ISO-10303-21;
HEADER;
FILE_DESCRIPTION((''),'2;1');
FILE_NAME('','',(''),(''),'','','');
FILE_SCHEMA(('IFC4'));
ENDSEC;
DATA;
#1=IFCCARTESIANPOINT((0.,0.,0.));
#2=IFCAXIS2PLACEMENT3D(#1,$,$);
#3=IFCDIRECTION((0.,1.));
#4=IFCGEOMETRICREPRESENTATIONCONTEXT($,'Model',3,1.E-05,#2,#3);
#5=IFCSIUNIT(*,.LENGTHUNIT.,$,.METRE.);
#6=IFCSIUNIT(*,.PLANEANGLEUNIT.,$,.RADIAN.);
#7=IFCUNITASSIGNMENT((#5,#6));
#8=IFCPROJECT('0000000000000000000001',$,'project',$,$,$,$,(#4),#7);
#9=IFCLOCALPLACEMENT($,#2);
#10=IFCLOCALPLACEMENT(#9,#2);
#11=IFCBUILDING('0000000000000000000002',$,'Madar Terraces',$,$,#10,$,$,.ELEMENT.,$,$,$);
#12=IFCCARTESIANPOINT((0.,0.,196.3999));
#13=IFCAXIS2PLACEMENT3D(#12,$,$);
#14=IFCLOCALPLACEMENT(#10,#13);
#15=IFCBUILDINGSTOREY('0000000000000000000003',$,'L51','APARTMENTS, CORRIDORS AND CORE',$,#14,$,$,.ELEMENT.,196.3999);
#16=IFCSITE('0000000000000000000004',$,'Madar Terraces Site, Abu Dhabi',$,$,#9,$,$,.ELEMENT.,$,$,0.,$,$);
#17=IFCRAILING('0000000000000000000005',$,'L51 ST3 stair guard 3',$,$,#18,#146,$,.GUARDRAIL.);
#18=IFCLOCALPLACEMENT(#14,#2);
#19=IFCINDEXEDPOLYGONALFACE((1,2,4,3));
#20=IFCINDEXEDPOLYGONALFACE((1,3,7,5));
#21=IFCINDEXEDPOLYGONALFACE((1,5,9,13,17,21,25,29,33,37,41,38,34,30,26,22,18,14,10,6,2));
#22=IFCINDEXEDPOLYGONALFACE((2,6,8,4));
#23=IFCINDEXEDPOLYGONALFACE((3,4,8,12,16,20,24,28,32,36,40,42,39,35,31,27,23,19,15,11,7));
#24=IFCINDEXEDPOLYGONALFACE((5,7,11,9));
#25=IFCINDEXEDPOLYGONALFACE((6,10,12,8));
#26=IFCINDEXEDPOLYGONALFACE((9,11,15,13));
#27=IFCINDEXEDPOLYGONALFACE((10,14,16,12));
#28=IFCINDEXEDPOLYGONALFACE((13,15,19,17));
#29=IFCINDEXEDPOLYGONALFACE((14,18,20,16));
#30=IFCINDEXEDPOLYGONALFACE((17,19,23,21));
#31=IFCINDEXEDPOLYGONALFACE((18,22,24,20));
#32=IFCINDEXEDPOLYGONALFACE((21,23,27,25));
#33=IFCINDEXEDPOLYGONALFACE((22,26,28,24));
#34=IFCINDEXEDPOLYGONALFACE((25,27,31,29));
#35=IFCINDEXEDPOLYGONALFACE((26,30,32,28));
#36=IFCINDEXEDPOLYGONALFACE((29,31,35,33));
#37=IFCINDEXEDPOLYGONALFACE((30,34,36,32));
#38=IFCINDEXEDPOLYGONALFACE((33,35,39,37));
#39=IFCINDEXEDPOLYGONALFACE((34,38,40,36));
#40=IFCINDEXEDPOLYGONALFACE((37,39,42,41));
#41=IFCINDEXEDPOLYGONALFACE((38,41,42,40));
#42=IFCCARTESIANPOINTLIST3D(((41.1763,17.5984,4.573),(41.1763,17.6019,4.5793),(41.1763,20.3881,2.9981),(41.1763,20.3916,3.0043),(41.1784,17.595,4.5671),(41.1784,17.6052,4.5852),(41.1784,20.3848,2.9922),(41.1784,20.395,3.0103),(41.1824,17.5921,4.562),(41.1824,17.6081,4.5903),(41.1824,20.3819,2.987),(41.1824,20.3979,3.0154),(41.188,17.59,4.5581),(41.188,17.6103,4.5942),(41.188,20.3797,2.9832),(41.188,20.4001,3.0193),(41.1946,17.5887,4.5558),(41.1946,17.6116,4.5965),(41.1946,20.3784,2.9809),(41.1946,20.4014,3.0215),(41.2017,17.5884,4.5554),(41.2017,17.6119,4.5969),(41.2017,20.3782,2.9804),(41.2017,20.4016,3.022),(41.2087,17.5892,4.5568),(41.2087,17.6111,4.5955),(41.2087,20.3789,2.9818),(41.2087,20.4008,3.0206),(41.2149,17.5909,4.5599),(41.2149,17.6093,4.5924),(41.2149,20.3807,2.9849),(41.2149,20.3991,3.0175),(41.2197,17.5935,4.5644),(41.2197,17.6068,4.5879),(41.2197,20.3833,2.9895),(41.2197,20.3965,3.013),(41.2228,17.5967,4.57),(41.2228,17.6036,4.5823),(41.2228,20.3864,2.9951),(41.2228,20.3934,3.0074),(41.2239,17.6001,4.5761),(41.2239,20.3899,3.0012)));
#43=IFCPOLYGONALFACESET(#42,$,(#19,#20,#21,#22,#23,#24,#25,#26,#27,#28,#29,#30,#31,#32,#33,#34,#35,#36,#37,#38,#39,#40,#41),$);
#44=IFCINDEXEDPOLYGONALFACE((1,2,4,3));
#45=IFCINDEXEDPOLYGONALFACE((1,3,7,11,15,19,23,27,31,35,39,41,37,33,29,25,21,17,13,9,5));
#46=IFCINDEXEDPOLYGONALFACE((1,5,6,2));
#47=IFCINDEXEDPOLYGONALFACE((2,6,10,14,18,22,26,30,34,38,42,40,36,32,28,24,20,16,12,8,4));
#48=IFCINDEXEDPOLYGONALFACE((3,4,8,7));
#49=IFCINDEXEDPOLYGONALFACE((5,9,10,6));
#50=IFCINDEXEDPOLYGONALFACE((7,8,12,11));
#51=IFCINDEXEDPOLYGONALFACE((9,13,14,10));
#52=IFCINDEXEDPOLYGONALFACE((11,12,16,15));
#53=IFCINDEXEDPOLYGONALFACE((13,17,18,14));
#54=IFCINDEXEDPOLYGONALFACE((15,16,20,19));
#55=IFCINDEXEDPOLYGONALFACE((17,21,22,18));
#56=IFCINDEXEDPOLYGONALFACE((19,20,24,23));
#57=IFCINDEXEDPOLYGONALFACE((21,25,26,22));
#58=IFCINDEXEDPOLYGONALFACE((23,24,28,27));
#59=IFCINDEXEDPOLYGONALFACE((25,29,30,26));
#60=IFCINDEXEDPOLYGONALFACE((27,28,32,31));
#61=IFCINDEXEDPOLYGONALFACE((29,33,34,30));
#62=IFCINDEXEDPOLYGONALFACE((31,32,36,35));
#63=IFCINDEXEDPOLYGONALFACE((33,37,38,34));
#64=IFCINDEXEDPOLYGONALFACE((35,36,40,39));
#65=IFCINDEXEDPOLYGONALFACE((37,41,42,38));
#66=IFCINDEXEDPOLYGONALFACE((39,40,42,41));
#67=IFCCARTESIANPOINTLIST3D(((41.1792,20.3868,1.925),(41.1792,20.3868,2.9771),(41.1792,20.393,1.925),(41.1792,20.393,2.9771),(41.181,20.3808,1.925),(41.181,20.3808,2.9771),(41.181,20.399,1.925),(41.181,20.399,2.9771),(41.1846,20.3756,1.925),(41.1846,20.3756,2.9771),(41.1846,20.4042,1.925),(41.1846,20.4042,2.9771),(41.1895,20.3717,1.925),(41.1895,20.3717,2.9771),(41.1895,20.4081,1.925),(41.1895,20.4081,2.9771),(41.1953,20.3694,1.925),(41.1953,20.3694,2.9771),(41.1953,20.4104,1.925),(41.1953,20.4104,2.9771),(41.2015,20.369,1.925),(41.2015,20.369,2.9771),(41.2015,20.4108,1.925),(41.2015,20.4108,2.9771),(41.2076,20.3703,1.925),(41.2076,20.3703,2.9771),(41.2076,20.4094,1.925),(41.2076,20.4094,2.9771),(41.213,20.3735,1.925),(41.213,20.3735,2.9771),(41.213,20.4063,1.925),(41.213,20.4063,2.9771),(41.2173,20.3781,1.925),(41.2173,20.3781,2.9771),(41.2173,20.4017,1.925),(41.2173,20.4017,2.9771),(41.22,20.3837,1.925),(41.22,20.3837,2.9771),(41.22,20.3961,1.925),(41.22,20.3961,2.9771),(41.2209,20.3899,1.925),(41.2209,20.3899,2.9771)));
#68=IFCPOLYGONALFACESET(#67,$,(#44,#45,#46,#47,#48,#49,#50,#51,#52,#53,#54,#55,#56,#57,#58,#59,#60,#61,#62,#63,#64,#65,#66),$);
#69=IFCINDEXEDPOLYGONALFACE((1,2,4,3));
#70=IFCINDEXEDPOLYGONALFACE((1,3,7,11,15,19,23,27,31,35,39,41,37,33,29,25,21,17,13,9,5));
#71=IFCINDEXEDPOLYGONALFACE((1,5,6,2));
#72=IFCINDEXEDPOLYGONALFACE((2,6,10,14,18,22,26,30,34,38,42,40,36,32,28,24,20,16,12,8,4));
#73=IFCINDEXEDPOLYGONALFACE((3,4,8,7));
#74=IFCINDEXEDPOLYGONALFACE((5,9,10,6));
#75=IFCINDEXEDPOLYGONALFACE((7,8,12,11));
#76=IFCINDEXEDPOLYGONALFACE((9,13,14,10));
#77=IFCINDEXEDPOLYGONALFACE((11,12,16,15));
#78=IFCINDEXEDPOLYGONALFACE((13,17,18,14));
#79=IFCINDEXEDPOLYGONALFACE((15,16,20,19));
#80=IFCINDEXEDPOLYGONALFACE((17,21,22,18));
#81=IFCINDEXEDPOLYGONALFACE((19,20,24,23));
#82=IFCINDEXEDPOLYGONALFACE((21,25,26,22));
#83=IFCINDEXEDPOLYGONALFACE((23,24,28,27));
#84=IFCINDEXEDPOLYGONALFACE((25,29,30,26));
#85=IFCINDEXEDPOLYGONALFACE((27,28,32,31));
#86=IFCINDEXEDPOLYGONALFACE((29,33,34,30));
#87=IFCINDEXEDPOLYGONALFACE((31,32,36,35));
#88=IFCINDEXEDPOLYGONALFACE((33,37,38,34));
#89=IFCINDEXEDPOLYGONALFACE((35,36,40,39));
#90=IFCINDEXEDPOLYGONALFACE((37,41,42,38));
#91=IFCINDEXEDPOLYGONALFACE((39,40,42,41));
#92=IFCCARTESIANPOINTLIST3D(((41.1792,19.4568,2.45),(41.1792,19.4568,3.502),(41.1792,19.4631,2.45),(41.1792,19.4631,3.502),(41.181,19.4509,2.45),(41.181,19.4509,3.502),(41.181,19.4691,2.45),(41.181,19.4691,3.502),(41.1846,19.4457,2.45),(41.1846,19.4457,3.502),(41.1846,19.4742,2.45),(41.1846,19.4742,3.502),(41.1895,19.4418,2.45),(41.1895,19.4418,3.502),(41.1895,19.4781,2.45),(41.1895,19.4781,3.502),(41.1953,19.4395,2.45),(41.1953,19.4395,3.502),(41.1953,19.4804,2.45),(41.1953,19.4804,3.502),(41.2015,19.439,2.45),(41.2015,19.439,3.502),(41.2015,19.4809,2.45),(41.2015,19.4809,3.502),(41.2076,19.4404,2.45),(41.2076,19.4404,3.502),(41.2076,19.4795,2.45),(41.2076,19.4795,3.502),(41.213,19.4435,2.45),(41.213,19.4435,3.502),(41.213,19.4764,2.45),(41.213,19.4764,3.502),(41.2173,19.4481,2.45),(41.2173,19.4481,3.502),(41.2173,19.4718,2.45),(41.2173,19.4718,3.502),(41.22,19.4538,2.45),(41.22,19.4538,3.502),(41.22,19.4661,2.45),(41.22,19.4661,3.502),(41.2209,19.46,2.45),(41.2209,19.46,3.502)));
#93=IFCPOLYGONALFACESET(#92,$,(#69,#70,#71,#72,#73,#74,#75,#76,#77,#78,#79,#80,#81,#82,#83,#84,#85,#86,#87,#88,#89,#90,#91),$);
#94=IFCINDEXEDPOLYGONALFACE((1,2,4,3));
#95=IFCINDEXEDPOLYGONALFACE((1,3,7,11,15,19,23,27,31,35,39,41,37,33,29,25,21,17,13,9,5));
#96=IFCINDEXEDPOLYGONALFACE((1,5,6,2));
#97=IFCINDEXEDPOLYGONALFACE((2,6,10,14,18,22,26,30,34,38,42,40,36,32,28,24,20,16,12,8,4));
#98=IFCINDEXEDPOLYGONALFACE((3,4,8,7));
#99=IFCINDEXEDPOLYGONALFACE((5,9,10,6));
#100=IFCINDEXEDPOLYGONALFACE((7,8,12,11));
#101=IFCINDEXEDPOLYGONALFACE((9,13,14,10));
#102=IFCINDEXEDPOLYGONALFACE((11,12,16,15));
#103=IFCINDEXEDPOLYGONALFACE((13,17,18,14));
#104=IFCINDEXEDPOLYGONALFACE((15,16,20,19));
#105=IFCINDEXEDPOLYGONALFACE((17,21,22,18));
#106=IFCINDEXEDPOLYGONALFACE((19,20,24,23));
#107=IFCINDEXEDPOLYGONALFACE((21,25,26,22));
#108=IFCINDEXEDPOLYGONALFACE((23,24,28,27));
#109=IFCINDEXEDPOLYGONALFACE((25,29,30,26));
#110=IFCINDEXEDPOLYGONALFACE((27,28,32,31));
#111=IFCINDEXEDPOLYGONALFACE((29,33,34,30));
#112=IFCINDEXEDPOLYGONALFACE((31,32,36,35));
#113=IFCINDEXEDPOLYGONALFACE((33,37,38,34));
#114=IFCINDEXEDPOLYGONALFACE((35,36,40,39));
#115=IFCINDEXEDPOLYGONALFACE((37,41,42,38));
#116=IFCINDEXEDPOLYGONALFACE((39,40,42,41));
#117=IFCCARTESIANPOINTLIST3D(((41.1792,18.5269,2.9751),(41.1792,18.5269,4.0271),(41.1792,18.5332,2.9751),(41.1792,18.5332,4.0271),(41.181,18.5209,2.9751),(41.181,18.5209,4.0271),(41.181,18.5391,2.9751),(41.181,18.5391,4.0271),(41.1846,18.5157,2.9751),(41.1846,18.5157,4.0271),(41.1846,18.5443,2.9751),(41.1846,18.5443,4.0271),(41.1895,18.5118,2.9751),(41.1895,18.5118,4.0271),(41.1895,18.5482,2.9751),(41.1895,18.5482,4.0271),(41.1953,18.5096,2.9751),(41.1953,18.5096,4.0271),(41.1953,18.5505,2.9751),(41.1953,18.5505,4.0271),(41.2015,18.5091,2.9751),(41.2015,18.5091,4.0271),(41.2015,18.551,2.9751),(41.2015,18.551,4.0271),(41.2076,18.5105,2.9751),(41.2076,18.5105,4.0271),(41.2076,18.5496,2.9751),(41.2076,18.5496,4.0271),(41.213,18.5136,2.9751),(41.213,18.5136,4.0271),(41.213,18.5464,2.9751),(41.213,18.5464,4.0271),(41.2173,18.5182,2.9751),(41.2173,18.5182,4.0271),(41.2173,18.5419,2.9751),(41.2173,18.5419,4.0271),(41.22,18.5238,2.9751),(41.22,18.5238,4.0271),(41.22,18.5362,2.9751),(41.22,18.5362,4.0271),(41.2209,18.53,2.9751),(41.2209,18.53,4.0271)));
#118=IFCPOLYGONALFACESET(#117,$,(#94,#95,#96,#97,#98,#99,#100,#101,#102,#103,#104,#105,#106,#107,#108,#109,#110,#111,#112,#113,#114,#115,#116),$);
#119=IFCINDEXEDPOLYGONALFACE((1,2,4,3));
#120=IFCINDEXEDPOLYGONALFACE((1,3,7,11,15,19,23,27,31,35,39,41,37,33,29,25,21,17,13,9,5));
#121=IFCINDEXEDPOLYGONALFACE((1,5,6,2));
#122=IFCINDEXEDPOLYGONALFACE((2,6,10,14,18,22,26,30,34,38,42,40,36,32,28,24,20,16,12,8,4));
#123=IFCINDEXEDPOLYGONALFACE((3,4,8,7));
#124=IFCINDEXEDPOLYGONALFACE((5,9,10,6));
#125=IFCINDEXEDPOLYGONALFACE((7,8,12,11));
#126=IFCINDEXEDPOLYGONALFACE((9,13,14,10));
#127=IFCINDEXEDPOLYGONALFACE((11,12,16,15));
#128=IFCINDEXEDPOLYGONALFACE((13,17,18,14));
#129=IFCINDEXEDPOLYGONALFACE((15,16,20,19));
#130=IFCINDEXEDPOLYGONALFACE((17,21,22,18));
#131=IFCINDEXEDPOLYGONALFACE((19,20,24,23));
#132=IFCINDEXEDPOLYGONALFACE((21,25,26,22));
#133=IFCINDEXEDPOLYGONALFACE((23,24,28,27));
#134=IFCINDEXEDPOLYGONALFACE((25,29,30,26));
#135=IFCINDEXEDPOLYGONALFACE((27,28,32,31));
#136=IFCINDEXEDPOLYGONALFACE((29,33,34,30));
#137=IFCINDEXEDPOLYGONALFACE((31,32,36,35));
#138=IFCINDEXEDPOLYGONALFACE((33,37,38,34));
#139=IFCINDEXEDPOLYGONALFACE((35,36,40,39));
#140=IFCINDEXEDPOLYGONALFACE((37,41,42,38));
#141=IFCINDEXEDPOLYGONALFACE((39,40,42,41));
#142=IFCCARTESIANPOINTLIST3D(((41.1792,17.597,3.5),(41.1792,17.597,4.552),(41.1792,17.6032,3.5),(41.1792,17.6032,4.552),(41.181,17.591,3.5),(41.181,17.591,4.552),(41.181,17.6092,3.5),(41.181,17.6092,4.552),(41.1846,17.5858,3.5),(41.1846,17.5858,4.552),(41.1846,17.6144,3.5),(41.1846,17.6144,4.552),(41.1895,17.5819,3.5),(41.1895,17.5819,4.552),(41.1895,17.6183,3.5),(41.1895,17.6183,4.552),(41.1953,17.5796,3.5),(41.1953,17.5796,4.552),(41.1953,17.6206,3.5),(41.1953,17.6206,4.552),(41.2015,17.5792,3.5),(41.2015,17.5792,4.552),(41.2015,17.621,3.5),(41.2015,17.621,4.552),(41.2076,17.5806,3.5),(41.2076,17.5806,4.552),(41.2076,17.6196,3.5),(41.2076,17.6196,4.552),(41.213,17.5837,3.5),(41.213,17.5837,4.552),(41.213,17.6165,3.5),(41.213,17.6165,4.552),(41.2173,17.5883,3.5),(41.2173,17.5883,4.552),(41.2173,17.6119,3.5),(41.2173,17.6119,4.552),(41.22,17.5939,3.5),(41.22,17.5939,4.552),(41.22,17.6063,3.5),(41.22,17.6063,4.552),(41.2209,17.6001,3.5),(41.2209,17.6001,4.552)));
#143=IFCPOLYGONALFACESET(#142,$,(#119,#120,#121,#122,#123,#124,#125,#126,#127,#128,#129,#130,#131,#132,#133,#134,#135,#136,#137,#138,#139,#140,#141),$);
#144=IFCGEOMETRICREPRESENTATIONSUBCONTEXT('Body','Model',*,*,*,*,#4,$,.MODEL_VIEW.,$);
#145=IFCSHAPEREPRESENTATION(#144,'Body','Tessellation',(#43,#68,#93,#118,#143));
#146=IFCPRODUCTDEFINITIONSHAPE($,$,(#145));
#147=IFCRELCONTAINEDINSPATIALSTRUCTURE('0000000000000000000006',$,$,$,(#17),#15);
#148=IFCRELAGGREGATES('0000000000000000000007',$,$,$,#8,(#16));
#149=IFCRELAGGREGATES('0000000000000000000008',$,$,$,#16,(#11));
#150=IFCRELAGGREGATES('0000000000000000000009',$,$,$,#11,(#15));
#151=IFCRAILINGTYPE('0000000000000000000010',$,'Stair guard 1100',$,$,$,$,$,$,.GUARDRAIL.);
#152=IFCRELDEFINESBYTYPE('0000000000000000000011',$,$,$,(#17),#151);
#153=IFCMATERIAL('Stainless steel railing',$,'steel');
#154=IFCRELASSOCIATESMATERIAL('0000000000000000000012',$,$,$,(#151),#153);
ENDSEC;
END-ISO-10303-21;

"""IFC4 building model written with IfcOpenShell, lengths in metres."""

from ifc_helpers import new_model, si_unit, direction, frame, origin, origin_2d, place, context, subcontext, project, spatial, circle, extrude, material, type_object, element, save


model = new_model("IFC4")

# Units and contexts
model_context = context("Model", 3, precision=1e-05, world=origin(), true_north=direction((0.0, 1.0)))
body_context = subcontext(model_context, "Body", "Model", "MODEL_VIEW")
ifc_project = project(units=[si_unit("LENGTHUNIT", "METRE"), si_unit("PLANEANGLEUNIT", "RADIAN")], contexts=[model_context])

# Site, building, storey
site_placement = place(None, origin())
site = spatial("IfcSite", under=ifc_project, at=site_placement, Name="Madar Terraces Site, Abu Dhabi", CompositionType="ELEMENT", RefElevation=0.0)
building_placement = place(site_placement, origin())
building = spatial("IfcBuilding", under=site, at=building_placement, Name="Madar Terraces", CompositionType="ELEMENT")
storey_placement = place(building_placement, frame((0.0, 0.0, 196.3999)))
storey = spatial("IfcBuildingStorey", under=building, at=storey_placement, Name="L51", Description="APARTMENTS, CORRIDORS AND CORE", CompositionType="ELEMENT", Elevation=196.3999)

# Railing
ifc_material_1 = material(Name="Stainless steel railing", Category="steel")
railing_type_1 = type_object("IfcRailingType", Name="Stair guard 1100", PredefinedType="GUARDRAIL", material=ifc_material_1)
railing_1_placement = place(storey_placement, frame((41.2, 20.3899, 1.925)))
element("IfcRailing", 1, at=railing_1_placement, inside=storey, type_object=railing_type_1, Name="L51 ST3 stair guard 3", PredefinedType="GUARDRAIL", context=body_context, shape_type="SweptSolid", body=[
    extrude(circle(Radius=0.0239, at=origin_2d()), frame((0.0, 0.0, 1.0762), z_axis=(0.0, -0.870815, 0.49161), x_axis=(1.0, 0.0, 0.0)), (0.0, 0.0, 1.0), 3.2036),
    extrude(circle(Radius=0.021, at=origin_2d()), origin(), (0.0, 0.0, 1.0), 1.052),
    extrude(circle(Radius=0.021, at=origin_2d()), frame((0.0, -0.9299, 0.5249)), (0.0, 0.0, 1.0), 1.052),
    extrude(circle(Radius=0.021, at=origin_2d()), frame((0.0, -1.8599, 1.05)), (0.0, 0.0, 1.0), 1.052),
    extrude(circle(Radius=0.021, at=origin_2d()), frame((0.0, -2.7898, 1.575)), (0.0, 0.0, 1.0), 1.052),
])

save(model, "model.ifc")
